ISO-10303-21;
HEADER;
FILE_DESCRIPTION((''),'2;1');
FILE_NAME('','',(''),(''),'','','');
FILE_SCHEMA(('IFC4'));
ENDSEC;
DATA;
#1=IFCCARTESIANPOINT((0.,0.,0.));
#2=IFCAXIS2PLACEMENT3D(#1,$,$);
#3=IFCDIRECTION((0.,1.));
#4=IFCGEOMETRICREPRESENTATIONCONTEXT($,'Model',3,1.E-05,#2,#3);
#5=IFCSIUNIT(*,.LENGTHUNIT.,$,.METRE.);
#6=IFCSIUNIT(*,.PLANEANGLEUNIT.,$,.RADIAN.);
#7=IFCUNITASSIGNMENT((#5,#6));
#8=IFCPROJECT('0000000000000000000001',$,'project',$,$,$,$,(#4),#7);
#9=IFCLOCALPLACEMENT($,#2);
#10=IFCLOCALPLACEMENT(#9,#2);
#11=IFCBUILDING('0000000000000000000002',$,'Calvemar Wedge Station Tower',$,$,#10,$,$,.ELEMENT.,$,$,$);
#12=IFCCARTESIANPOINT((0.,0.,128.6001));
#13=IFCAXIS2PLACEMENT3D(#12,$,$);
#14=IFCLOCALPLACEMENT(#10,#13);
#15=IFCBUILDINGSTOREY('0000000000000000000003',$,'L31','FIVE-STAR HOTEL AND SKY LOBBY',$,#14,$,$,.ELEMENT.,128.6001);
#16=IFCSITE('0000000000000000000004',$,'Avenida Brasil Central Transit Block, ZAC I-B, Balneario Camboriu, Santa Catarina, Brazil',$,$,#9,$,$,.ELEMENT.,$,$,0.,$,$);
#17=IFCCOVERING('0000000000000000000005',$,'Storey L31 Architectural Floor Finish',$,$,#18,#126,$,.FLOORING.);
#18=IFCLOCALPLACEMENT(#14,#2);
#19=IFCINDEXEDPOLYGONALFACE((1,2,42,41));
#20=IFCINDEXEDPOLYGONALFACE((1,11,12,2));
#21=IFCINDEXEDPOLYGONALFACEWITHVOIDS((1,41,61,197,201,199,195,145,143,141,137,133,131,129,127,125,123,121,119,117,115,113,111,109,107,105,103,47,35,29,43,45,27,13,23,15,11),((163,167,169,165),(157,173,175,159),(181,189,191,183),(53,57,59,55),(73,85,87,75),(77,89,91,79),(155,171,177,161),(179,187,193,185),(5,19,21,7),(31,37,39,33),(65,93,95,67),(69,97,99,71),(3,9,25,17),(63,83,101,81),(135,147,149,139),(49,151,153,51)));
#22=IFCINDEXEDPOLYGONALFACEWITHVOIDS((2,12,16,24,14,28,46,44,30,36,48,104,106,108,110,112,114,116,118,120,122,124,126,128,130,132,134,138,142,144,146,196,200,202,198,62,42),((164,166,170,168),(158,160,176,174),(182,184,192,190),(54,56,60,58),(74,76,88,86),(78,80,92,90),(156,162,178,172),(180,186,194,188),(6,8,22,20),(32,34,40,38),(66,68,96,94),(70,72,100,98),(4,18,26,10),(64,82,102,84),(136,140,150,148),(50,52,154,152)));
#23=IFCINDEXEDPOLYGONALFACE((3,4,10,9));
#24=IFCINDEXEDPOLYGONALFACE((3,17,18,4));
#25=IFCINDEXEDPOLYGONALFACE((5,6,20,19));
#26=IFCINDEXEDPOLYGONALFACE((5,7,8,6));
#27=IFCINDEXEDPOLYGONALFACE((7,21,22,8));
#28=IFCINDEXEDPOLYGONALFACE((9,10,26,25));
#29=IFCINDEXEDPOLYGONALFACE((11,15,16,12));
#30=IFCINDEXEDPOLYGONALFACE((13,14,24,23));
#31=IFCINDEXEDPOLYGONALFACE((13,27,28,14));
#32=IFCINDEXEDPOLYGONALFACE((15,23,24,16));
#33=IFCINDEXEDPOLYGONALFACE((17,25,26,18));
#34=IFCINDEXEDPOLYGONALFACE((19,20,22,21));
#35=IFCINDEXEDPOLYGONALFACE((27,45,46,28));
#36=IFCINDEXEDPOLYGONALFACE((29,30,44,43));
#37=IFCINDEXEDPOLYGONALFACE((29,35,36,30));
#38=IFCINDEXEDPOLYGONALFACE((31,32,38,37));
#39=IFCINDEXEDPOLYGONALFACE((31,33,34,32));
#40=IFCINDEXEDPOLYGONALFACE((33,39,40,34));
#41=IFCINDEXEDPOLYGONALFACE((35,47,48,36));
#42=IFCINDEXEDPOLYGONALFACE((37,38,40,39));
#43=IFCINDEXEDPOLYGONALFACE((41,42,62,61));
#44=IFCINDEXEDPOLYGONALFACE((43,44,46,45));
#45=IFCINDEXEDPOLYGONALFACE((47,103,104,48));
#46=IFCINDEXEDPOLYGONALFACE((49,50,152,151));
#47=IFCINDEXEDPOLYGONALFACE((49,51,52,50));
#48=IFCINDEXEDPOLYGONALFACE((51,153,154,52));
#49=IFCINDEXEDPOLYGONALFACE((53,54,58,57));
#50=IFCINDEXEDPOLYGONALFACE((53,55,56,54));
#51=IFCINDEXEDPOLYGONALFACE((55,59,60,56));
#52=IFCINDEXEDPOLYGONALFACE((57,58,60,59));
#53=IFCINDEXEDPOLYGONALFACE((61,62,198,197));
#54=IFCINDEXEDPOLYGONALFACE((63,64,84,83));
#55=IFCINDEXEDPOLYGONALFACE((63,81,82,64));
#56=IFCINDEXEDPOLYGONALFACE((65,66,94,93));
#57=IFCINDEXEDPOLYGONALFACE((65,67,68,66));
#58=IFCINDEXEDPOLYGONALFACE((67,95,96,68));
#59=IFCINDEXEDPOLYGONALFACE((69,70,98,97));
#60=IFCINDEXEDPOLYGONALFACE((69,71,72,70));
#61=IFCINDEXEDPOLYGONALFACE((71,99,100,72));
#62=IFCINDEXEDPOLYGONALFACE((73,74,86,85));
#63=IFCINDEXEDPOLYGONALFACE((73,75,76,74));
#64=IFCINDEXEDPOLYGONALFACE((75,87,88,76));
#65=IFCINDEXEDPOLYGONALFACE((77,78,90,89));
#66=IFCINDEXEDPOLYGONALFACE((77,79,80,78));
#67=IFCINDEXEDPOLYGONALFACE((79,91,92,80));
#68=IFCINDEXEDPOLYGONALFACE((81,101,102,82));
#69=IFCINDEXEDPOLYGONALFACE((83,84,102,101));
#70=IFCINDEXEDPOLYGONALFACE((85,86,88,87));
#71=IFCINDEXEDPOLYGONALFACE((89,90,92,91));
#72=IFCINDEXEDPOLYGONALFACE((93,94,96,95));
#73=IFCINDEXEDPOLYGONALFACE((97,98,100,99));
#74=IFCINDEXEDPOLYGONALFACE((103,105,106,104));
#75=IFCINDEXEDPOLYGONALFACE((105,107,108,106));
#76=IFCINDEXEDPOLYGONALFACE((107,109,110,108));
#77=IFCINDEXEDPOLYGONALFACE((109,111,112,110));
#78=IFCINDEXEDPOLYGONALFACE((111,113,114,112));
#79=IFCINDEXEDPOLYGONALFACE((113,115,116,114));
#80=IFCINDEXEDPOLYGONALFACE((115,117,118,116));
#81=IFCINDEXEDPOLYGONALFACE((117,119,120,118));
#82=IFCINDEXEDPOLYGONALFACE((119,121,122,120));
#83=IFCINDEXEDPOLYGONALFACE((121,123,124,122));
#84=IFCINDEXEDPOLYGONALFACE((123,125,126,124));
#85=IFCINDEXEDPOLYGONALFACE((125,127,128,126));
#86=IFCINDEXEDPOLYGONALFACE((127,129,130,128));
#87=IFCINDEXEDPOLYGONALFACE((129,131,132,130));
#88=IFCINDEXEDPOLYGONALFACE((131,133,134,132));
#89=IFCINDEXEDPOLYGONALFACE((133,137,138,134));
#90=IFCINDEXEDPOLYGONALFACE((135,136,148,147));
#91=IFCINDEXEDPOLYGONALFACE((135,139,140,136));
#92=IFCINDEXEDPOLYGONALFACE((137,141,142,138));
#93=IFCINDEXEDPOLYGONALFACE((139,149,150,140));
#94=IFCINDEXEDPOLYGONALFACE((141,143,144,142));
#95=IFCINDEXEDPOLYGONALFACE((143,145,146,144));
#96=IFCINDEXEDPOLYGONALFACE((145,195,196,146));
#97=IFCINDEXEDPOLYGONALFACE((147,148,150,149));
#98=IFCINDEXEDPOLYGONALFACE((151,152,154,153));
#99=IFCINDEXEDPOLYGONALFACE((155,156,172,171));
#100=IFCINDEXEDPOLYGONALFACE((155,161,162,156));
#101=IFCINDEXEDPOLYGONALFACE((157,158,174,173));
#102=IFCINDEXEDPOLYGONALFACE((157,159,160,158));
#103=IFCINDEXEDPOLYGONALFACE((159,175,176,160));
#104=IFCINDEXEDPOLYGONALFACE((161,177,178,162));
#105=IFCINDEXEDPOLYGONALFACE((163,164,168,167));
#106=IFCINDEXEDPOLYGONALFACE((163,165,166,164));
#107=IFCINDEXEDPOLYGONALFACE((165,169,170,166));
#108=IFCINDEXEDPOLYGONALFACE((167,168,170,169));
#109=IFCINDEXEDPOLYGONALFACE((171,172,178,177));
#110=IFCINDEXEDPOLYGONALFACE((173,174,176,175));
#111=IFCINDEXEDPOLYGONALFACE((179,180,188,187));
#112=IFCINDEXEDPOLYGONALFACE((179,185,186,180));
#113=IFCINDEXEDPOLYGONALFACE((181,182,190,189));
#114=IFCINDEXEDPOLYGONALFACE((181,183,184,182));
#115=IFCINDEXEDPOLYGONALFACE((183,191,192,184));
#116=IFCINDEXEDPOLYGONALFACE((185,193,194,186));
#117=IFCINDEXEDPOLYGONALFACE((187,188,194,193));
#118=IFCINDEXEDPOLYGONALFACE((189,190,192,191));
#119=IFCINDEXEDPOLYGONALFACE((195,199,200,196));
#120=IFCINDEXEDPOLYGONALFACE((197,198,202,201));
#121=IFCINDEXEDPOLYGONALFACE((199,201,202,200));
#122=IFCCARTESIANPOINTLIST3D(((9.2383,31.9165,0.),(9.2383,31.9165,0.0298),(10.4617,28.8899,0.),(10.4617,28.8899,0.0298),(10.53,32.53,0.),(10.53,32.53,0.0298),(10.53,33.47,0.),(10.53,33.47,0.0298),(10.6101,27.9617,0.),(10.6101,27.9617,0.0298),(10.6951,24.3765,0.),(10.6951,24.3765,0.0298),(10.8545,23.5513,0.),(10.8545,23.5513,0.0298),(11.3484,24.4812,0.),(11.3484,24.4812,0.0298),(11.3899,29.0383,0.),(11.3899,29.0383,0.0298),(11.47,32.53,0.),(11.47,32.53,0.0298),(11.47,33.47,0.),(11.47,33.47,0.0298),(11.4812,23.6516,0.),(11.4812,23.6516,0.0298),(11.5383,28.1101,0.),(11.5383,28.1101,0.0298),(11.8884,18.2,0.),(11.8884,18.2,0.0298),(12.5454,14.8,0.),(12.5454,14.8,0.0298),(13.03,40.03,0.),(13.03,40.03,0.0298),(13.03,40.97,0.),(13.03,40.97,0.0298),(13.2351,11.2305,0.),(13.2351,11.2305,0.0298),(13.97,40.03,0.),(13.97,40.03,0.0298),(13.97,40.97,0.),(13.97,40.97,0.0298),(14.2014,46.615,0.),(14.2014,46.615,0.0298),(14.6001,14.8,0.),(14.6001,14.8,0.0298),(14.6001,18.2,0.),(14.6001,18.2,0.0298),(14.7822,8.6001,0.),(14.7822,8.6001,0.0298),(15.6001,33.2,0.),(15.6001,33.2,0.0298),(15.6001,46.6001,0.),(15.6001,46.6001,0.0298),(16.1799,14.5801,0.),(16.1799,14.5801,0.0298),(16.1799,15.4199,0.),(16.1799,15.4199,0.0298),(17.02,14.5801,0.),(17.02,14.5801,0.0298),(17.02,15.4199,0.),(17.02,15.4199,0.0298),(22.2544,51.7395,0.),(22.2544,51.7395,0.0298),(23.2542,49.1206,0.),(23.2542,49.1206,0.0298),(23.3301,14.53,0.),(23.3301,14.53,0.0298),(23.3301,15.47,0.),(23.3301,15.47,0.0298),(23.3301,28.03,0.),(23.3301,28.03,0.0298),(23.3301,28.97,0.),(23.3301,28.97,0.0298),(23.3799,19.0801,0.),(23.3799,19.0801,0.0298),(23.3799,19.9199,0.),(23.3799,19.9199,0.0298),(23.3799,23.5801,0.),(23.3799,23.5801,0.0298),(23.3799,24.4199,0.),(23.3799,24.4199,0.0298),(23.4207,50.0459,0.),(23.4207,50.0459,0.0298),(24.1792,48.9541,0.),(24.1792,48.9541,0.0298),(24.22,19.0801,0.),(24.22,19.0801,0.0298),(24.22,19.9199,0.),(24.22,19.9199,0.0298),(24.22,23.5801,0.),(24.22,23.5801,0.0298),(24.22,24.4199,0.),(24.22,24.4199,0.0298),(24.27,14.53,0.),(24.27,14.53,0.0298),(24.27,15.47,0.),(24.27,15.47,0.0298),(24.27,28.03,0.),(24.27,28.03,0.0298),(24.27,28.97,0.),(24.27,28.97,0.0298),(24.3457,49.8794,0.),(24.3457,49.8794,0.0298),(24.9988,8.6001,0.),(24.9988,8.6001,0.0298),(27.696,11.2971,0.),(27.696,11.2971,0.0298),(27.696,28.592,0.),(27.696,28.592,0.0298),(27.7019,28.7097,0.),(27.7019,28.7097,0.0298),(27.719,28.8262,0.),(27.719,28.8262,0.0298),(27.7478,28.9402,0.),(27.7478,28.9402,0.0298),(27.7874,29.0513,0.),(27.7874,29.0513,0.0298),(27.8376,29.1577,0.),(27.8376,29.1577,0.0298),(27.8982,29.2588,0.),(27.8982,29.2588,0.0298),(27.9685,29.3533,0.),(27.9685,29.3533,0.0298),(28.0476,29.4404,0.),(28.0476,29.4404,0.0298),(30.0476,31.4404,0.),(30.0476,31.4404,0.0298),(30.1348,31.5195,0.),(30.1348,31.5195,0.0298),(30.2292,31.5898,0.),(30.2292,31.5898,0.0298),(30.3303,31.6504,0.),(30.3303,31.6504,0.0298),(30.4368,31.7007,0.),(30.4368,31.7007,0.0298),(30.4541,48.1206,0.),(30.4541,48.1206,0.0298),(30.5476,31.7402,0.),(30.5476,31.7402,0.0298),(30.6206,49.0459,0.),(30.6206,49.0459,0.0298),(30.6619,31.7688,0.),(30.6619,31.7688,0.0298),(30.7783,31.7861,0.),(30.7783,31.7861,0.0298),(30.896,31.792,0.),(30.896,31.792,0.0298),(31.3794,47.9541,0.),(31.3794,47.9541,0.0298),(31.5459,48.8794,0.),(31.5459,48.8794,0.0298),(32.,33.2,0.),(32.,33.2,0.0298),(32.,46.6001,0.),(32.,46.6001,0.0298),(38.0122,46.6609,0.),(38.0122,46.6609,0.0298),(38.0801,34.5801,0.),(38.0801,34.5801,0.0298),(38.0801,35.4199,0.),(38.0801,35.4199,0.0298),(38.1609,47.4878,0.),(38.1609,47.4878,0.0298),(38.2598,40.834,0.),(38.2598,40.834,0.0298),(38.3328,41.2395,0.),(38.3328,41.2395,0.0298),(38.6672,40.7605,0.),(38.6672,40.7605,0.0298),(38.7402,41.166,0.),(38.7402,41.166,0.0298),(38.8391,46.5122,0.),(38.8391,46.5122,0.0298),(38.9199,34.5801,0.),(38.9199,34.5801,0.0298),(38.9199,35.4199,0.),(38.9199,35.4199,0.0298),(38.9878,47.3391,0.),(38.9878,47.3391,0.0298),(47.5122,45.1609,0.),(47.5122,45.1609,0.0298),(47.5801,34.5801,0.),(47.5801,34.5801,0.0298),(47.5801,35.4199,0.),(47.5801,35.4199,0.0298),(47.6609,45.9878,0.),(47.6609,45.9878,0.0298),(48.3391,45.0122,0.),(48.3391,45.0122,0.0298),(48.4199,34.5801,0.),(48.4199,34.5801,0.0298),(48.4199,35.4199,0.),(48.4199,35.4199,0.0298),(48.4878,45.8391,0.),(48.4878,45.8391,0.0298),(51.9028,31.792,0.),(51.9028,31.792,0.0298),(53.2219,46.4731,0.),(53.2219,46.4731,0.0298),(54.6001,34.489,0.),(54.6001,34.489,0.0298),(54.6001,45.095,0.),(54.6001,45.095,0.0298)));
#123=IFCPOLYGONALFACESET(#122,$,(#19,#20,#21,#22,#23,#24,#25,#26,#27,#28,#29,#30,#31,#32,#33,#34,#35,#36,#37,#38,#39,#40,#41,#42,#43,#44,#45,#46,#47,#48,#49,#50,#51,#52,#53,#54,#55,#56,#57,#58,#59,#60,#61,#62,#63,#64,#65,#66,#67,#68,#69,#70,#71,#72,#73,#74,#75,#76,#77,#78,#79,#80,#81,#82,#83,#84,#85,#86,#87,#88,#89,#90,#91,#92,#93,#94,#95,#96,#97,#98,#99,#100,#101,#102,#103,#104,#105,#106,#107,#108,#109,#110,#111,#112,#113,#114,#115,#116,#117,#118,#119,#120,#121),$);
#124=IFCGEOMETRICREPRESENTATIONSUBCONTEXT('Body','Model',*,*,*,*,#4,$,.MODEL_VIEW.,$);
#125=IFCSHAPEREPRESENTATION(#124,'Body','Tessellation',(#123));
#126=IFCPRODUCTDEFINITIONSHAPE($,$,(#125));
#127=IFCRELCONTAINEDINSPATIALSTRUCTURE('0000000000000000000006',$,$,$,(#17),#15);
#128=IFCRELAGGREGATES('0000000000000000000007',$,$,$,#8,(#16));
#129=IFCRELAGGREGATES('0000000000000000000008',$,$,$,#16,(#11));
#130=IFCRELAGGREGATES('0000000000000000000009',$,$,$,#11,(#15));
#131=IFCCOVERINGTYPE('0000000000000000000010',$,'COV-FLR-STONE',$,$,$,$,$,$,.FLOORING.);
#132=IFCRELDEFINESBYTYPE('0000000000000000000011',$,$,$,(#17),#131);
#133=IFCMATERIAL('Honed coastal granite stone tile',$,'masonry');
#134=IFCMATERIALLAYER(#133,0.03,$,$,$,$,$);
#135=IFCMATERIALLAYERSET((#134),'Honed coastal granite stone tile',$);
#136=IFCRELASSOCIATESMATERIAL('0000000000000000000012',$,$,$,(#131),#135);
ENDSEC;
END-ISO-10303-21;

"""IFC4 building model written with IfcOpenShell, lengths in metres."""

from ifc_helpers import new_model, si_unit, direction, frame, origin, place, context, subcontext, project, spatial, polyline, outline, extrude, material, layer, layer_set, type_object, element, save


model = new_model("IFC4")

# Units and contexts
model_context = context("Model", 3, precision=1e-05, world=origin(), true_north=direction((0.0, 1.0)))
body_context = subcontext(model_context, "Body", "Model", "MODEL_VIEW")
ifc_project = project(units=[si_unit("LENGTHUNIT", "METRE"), si_unit("PLANEANGLEUNIT", "RADIAN")], contexts=[model_context])

# Site, building, storey
site_placement = place(None, origin())
site = spatial("IfcSite", under=ifc_project, at=site_placement, Name="Avenida Brasil Central Transit Block, ZAC I-B, Balneario Camboriu, Santa Catarina, Brazil", CompositionType="ELEMENT", RefElevation=0.0)
building_placement = place(site_placement, origin())
building = spatial("IfcBuilding", under=site, at=building_placement, Name="Calvemar Wedge Station Tower", CompositionType="ELEMENT")
storey_placement = place(building_placement, frame((0.0, 0.0, 128.6001)))
storey = spatial("IfcBuildingStorey", under=building, at=storey_placement, Name="L31", Description="FIVE-STAR HOTEL AND SKY LOBBY", CompositionType="ELEMENT", Elevation=128.6001)

# Covering
ifc_material_1 = material(Name="Honed coastal granite stone tile", Category="masonry")
ifc_layer_1 = layer(ifc_material_1, 0.03)
ifc_layer_set_1 = layer_set([ifc_layer_1], Name="Honed coastal granite stone tile")
covering_type_1 = type_object("IfcCoveringType", Name="COV-FLR-STONE", PredefinedType="FLOORING", material=ifc_layer_set_1)
covering_1_placement = place(storey_placement, origin())
element("IfcCovering", 1, at=covering_1_placement, inside=storey, type_object=covering_type_1, Name="Storey L31 Architectural Floor Finish", PredefinedType="FLOORING", context=body_context, shape_type="SweptSolid", body=[
    extrude(outline(polyline([(28.0476, 29.4404), (30.0476, 31.4404), (30.1348, 31.5195), (30.2292, 31.5898), (30.3303, 31.6504), (30.4368, 31.7007), (30.5476, 31.7402), (30.6619, 31.7688), (30.7783, 31.7861), (30.896, 31.792), (51.9028, 31.792), (54.6001, 34.489), (54.6001, 45.095), (53.2219, 46.4731), (22.2544, 51.7395), (14.2014, 46.615), (9.2383, 31.9165), (10.6951, 24.3765), (11.3484, 24.4812), (11.4812, 23.6516), (10.8545, 23.5513), (11.8884, 18.2), (14.6001, 18.2), (14.6001, 14.8), (12.5454, 14.8), (13.2351, 11.2305), (14.7822, 8.6001), (24.9988, 8.6001), (27.696, 11.2971), (27.696, 28.592), (27.7019, 28.7097), (27.719, 28.8262), (27.7478, 28.9402), (27.7874, 29.0513), (27.8376, 29.1577), (27.8982, 29.2588), (27.9685, 29.3533), (28.0476, 29.4404)]), holes=[polyline([(15.6001, 46.6001), (32.0, 46.6001), (32.0, 33.2), (15.6001, 33.2), (15.6001, 46.6001)]), polyline([(10.53, 32.53), (10.53, 33.47), (11.47, 33.47), (11.47, 32.53), (10.53, 32.53)]), polyline([(13.03, 40.97), (13.97, 40.97), (13.97, 40.03), (13.03, 40.03), (13.03, 40.97)]), polyline([(24.3457, 49.8794), (24.1792, 48.9541), (23.2542, 49.1206), (23.4207, 50.0459), (24.3457, 49.8794)]), polyline([(31.3794, 47.9541), (30.4541, 48.1206), (30.6206, 49.0459), (31.5459, 48.8794), (31.3794, 47.9541)]), polyline([(38.0122, 46.6609), (38.1609, 47.4878), (38.9878, 47.3391), (38.8391, 46.5122), (38.0122, 46.6609)]), polyline([(47.6609, 45.9878), (48.4878, 45.8391), (48.3391, 45.0122), (47.5122, 45.1609), (47.6609, 45.9878)]), polyline([(38.9199, 35.4199), (38.9199, 34.5801), (38.0801, 34.5801), (38.0801, 35.4199), (38.9199, 35.4199)]), polyline([(48.4199, 34.5801), (47.5801, 34.5801), (47.5801, 35.4199), (48.4199, 35.4199), (48.4199, 34.5801)]), polyline([(38.2598, 40.834), (38.3328, 41.2395), (38.7402, 41.166), (38.6672, 40.7605), (38.2598, 40.834)]), polyline([(11.3899, 29.0383), (11.5383, 28.1101), (10.6101, 27.9617), (10.4617, 28.8899), (11.3899, 29.0383)]), polyline([(24.27, 28.03), (23.3301, 28.03), (23.3301, 28.97), (24.27, 28.97), (24.27, 28.03)]), polyline([(23.3799, 23.5801), (23.3799, 24.4199), (24.22, 24.4199), (24.22, 23.5801), (23.3799, 23.5801)]), polyline([(23.3799, 19.9199), (24.22, 19.9199), (24.22, 19.0801), (23.3799, 19.0801), (23.3799, 19.9199)]), polyline([(24.27, 15.47), (24.27, 14.53), (23.3301, 14.53), (23.3301, 15.47), (24.27, 15.47)]), polyline([(17.02, 14.5801), (16.1799, 14.5801), (16.1799, 15.4199), (17.02, 15.4199), (17.02, 14.5801)])]), origin(), (0.0, 0.0, 1.0), 0.0298),
])

save(model, "model.ifc")
